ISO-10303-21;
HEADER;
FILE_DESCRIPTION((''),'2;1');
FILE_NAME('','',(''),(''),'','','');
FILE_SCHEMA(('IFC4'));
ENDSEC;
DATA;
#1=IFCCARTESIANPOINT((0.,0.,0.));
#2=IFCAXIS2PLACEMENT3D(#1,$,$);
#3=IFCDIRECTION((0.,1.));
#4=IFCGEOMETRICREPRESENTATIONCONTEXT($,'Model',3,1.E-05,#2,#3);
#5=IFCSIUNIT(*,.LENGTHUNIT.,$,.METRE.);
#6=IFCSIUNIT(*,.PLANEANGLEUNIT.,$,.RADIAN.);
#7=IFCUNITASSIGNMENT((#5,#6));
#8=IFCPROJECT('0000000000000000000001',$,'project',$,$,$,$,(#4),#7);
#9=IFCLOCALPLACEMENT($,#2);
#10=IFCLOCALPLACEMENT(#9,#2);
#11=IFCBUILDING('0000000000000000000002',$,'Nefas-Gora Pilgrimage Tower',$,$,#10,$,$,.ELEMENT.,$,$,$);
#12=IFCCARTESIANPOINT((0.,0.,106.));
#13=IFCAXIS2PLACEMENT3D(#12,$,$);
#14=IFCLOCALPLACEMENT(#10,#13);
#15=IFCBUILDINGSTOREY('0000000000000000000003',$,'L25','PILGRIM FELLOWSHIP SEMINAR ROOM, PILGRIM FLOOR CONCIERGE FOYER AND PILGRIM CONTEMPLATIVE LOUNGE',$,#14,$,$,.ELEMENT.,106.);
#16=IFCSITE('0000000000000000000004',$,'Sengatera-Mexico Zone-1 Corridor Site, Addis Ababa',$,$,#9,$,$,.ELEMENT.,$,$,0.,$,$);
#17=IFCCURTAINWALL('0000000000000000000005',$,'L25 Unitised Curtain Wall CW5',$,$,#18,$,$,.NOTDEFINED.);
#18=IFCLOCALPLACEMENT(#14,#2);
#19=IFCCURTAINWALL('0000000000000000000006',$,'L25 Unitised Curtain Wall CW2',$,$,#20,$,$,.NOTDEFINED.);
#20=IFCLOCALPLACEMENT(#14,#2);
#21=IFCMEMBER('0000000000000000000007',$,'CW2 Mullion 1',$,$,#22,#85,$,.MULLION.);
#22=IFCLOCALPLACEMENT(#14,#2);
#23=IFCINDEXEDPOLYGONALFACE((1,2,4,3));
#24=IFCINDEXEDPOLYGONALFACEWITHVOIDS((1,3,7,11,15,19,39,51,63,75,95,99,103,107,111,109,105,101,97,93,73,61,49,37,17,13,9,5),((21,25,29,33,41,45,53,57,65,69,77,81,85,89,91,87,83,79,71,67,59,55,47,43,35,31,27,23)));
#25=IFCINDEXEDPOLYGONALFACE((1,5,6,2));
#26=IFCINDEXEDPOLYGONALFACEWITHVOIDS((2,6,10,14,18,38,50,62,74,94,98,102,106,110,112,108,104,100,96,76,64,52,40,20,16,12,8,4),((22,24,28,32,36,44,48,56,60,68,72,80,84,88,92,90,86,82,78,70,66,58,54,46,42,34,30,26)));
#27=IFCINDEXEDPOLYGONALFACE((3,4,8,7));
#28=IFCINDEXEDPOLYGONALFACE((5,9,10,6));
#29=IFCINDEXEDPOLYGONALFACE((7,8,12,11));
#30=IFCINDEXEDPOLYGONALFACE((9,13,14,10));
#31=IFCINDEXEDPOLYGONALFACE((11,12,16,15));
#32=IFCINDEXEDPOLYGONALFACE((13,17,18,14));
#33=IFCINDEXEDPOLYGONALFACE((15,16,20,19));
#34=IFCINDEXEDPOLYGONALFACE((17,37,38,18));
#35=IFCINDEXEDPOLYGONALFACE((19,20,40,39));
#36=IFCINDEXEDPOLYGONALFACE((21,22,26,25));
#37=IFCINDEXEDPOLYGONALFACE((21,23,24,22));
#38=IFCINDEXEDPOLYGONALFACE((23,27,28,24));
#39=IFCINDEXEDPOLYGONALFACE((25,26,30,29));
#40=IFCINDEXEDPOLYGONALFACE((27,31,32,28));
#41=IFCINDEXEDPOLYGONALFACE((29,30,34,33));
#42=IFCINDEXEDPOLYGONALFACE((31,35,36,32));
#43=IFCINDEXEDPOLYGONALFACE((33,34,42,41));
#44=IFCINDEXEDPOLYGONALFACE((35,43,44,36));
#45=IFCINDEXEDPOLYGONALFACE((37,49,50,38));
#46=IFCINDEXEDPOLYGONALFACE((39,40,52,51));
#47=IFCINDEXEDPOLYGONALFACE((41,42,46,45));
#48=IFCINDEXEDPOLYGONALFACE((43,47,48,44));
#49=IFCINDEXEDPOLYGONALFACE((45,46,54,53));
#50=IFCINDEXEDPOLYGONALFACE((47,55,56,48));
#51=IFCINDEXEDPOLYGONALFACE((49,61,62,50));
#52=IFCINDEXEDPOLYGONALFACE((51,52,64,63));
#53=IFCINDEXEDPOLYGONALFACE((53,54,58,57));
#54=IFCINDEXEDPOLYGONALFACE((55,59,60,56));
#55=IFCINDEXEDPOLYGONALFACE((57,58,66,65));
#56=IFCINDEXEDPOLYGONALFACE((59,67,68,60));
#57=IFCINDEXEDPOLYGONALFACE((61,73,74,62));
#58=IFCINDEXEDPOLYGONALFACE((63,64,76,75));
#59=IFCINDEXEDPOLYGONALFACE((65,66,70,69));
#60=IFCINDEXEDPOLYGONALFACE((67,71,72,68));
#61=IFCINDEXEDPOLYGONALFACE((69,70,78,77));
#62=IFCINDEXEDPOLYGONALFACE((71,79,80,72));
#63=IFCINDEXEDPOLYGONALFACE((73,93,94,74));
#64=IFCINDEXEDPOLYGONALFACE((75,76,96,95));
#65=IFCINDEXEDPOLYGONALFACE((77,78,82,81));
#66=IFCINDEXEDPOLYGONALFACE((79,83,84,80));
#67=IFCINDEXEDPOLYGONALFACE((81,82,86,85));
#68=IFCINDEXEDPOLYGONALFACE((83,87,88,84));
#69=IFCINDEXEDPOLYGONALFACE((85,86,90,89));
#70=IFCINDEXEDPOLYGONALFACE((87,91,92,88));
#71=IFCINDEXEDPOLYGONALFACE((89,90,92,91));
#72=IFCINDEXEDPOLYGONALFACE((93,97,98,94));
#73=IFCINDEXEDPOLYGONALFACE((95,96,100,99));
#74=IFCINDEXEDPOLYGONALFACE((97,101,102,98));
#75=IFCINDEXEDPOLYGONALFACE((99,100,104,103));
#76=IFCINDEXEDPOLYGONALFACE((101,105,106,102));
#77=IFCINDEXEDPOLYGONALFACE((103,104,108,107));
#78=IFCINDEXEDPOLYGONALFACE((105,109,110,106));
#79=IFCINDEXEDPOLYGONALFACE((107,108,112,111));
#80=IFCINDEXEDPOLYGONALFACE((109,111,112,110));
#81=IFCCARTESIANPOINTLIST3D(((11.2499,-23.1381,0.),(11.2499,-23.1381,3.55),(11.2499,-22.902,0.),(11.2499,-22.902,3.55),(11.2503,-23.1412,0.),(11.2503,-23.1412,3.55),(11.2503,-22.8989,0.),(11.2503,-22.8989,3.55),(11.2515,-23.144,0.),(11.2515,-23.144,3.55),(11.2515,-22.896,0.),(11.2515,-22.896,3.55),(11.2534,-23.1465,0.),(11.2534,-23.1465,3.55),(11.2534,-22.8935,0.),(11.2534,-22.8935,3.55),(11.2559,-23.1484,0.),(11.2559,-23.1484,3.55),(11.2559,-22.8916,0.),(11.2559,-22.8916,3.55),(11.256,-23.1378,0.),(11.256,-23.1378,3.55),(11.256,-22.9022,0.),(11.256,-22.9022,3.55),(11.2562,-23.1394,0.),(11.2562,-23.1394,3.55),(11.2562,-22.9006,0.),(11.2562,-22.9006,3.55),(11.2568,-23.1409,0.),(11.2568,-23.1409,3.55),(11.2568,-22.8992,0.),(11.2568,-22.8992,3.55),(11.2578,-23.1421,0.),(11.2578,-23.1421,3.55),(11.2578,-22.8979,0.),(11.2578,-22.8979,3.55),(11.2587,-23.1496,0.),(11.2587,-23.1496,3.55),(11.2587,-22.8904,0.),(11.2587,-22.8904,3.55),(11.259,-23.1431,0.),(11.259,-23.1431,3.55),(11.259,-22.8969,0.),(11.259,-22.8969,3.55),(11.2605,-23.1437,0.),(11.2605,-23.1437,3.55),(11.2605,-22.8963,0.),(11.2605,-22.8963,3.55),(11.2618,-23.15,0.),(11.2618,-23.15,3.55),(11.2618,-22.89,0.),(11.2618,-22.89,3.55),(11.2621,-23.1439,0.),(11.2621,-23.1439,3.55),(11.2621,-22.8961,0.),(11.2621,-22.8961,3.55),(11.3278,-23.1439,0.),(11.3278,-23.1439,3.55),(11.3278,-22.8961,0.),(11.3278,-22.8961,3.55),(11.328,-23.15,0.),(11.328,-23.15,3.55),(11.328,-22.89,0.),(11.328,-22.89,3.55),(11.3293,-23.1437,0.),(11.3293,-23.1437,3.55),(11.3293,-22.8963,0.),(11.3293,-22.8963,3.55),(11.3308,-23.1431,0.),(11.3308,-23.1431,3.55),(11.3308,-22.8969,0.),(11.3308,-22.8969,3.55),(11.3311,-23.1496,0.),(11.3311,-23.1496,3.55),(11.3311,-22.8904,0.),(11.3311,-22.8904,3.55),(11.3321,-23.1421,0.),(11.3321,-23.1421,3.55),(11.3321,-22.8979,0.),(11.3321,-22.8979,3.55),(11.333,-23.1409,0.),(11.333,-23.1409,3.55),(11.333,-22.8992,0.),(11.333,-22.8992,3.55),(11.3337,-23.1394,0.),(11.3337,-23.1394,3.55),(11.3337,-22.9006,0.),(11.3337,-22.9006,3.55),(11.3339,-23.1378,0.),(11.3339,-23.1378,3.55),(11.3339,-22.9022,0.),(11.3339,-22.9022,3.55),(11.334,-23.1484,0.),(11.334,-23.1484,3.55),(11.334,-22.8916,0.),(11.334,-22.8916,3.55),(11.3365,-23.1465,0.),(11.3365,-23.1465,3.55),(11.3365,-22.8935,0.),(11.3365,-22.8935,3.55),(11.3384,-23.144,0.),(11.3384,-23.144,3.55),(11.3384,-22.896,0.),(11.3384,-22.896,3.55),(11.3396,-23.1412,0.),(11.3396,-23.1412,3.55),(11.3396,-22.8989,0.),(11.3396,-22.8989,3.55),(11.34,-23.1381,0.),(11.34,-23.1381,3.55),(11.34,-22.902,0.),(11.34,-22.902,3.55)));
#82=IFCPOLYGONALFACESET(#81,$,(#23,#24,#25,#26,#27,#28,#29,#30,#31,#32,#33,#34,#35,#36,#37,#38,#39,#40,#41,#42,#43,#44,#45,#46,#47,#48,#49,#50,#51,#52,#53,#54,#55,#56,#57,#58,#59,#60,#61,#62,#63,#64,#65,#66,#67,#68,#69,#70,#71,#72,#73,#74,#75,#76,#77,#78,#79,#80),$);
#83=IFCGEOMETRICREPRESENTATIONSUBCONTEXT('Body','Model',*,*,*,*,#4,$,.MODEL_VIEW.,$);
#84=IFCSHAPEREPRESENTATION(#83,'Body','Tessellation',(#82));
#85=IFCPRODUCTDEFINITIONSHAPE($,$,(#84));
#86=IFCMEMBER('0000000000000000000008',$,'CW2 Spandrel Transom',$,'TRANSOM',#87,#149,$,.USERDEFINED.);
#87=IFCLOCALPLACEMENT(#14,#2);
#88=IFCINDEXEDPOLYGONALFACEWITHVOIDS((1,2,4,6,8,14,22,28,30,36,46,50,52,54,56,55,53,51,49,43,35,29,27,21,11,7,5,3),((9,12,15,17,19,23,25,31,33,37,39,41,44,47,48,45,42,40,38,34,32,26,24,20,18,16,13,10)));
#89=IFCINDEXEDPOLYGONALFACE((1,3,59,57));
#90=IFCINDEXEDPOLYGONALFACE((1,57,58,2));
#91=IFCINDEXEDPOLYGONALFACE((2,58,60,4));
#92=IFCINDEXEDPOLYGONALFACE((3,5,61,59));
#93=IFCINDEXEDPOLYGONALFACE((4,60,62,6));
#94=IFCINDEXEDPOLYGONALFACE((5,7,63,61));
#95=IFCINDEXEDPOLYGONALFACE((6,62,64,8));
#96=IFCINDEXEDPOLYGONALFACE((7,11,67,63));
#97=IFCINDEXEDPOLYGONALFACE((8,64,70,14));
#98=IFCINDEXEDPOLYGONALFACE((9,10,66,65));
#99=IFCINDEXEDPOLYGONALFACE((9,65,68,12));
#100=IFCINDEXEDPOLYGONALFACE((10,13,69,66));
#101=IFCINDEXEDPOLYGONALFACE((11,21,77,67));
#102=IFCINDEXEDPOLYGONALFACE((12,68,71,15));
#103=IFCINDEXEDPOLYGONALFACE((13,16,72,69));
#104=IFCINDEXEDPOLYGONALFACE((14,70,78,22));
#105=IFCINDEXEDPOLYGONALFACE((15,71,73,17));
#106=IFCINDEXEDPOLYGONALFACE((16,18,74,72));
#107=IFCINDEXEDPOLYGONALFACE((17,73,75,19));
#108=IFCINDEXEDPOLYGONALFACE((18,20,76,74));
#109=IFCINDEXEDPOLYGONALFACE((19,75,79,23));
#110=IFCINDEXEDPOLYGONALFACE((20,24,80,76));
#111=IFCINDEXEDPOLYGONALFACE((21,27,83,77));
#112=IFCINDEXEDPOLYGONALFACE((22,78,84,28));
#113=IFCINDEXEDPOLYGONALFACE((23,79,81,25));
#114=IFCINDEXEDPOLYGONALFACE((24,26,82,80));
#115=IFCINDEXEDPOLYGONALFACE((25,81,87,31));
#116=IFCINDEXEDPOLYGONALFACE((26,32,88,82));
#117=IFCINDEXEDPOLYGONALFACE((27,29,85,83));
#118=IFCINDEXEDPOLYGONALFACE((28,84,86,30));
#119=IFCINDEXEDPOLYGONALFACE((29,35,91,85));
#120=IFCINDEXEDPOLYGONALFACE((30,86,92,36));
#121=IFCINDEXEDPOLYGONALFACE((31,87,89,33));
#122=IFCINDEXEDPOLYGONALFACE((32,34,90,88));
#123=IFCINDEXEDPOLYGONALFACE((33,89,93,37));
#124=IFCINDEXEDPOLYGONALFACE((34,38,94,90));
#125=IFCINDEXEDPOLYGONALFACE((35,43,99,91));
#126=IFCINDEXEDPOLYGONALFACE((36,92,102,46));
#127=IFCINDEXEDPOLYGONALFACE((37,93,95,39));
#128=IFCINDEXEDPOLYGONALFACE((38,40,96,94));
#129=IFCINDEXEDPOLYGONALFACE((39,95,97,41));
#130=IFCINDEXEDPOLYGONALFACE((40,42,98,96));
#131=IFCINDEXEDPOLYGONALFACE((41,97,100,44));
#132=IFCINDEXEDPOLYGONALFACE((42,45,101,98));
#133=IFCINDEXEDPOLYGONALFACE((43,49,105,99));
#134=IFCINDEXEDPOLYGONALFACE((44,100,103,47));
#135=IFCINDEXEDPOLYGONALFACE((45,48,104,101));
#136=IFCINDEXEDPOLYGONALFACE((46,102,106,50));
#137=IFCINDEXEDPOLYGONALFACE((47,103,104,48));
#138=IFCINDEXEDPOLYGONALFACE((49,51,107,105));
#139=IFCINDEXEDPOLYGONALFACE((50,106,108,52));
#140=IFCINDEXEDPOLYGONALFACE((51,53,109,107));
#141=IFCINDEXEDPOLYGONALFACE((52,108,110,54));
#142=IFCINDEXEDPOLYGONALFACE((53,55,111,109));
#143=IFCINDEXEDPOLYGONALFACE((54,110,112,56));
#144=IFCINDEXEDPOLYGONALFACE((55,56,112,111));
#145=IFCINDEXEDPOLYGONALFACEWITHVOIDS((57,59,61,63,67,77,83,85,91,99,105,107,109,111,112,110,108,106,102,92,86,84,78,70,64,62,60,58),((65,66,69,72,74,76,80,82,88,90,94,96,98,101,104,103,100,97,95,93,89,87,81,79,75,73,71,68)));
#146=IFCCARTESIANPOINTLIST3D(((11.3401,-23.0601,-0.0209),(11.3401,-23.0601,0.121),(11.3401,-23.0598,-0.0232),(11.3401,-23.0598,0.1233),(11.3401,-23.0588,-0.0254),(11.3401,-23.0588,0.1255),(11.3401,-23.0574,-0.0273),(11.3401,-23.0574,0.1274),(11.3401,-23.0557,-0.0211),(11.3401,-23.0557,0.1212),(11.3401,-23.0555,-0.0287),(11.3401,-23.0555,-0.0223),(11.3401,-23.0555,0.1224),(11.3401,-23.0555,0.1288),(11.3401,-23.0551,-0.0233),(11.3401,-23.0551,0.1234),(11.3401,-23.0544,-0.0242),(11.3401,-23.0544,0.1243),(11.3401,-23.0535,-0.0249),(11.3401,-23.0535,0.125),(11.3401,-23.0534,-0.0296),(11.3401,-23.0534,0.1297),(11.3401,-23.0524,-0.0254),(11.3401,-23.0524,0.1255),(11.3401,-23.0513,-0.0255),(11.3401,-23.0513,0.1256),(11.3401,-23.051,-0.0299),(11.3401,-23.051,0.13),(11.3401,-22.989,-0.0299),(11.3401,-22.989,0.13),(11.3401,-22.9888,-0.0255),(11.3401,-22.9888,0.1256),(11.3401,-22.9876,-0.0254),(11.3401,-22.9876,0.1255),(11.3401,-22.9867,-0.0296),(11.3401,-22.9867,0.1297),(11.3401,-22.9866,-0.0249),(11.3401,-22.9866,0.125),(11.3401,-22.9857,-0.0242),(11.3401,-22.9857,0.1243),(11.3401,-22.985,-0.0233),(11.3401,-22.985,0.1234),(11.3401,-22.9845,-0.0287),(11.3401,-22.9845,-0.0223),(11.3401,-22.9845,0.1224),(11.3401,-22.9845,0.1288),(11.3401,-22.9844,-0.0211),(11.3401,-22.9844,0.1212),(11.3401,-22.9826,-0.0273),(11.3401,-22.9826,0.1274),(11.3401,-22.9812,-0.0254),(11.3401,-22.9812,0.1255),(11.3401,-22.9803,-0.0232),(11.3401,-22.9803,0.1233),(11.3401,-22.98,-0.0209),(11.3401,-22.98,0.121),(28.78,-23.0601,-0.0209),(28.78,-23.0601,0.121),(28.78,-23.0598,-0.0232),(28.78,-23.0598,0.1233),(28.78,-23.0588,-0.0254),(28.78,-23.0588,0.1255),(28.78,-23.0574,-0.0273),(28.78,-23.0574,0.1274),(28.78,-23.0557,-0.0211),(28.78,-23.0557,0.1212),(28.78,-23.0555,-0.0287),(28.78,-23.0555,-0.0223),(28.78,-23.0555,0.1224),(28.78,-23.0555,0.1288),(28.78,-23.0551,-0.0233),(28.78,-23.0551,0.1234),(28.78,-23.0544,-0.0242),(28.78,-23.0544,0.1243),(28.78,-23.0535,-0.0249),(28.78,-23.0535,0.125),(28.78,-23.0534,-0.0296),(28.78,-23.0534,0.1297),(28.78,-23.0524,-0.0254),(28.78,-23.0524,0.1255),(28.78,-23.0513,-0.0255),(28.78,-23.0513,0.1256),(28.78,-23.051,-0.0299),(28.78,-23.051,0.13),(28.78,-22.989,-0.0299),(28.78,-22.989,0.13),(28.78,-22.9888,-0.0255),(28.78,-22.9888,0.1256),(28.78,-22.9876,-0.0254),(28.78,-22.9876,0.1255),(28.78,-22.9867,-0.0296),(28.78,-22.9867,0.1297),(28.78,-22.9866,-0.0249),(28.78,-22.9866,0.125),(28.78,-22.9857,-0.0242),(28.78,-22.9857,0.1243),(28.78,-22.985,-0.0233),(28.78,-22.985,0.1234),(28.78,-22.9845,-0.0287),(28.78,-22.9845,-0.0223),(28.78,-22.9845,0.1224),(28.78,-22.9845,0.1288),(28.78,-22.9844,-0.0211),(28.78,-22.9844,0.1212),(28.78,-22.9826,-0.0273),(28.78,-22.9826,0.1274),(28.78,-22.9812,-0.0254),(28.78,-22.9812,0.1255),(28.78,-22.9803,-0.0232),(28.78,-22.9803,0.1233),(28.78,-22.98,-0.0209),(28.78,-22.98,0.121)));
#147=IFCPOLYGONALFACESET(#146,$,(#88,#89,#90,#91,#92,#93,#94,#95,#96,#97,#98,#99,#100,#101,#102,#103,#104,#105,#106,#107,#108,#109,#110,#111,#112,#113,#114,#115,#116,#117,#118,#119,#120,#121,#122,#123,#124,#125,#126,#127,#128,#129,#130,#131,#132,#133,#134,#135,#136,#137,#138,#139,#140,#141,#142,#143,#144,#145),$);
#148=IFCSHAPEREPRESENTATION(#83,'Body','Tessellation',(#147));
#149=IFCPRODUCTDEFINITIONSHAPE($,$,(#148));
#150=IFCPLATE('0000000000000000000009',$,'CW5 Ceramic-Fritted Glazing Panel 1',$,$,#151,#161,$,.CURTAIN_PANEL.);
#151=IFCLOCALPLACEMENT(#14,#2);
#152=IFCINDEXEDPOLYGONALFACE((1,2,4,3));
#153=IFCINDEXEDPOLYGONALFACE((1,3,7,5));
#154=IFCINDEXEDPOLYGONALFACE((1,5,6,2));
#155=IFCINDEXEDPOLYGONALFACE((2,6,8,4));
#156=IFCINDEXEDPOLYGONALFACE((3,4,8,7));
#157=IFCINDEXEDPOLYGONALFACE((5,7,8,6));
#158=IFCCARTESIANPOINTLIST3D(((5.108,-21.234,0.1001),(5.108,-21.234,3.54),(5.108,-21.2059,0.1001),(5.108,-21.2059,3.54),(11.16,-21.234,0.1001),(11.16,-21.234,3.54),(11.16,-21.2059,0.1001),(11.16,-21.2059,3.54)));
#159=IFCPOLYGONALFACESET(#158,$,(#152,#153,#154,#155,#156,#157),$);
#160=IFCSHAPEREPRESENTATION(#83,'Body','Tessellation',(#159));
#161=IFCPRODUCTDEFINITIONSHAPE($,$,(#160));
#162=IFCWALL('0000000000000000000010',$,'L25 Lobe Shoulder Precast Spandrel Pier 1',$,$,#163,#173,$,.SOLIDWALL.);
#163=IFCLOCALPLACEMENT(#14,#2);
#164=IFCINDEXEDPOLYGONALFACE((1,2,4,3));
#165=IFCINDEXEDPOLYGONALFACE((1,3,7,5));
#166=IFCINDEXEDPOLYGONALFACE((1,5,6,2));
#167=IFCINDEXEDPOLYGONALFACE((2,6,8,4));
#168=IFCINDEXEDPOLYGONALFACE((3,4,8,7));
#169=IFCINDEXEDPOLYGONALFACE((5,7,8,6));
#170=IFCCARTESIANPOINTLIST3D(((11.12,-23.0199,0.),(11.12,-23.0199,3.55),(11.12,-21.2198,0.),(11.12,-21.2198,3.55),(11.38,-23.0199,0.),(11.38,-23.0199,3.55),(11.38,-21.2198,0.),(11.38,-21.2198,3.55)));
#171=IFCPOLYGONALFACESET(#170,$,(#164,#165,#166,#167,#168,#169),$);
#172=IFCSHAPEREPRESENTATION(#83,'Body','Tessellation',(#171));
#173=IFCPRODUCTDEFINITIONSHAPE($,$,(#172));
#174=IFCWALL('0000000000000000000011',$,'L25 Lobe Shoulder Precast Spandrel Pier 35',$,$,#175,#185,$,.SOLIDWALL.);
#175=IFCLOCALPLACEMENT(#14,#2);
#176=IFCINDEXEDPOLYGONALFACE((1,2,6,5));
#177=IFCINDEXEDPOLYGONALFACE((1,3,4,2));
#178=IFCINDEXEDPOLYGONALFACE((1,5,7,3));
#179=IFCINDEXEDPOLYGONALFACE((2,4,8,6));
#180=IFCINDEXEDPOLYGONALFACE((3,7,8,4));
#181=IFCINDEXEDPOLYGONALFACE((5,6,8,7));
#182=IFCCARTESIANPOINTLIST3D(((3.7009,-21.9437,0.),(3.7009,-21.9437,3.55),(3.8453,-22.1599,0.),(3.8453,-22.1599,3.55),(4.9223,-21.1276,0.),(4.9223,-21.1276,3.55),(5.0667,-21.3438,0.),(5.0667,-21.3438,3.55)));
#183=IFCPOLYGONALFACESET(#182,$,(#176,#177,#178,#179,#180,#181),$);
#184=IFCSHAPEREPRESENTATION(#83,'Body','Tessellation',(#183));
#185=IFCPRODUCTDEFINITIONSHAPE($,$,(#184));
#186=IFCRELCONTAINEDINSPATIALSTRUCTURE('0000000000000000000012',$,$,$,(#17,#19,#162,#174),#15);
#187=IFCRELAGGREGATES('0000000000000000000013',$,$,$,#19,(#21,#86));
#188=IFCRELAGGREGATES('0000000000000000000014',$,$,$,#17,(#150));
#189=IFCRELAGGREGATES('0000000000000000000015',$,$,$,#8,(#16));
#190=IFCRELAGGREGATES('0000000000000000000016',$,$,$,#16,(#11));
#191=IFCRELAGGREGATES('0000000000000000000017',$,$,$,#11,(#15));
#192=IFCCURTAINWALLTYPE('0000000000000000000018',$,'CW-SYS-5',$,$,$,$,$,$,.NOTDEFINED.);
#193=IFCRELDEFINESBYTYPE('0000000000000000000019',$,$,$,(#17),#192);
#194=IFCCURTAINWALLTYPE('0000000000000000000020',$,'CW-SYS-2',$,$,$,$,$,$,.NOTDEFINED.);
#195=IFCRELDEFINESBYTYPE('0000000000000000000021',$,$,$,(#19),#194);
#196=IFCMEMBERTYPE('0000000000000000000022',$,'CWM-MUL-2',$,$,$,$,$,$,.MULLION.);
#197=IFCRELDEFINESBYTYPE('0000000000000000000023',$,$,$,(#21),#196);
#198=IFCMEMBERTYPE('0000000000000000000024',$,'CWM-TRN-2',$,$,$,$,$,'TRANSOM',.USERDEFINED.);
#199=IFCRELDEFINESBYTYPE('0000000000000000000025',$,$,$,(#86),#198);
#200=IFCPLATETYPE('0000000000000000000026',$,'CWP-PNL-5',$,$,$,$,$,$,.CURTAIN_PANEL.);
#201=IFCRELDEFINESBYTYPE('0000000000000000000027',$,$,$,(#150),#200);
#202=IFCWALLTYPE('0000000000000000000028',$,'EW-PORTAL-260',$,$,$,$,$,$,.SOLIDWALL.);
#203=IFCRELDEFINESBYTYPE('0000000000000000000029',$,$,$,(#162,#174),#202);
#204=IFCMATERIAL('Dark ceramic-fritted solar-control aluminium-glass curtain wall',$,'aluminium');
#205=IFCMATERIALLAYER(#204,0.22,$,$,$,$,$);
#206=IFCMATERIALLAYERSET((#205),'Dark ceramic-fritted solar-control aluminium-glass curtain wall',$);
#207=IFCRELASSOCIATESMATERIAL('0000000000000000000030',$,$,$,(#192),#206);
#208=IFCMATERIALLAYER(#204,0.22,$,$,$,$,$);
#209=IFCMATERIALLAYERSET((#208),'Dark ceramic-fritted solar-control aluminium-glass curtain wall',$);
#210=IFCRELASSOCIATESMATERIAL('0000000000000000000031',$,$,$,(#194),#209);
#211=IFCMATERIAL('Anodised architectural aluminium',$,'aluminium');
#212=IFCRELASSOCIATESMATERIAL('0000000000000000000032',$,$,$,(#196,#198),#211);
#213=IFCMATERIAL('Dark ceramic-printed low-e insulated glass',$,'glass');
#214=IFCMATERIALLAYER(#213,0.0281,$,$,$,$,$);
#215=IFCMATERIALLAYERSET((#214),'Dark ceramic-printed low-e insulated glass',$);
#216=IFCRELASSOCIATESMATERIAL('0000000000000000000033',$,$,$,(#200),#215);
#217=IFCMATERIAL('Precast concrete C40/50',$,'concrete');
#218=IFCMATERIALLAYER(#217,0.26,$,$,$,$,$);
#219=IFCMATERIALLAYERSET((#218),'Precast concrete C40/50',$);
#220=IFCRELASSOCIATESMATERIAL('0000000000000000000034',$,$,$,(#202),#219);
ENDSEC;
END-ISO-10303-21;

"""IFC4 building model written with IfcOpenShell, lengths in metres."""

from ifc_helpers import new_model, si_unit, direction, frame, frame_2d, origin, origin_2d, place, context, subcontext, project, spatial, rectangle, hollow_rectangle, extrude, source, transform, mapped, material, layer, layer_set, material_profile, profile_set, type_object, element, aggregate, save


model = new_model("IFC4")

# Units and contexts
model_context = context("Model", 3, precision=1e-05, world=origin(), true_north=direction((0.0, 1.0)))
body_context = subcontext(model_context, "Body", "Model", "MODEL_VIEW")
ifc_project = project(units=[si_unit("LENGTHUNIT", "METRE"), si_unit("PLANEANGLEUNIT", "RADIAN")], contexts=[model_context])

# Site, building, storey
site_placement = place(None, origin())
site = spatial("IfcSite", under=ifc_project, at=site_placement, Name="Sengatera-Mexico Zone-1 Corridor Site, Addis Ababa", CompositionType="ELEMENT", RefElevation=0.0)
building_placement = place(site_placement, origin())
building = spatial("IfcBuilding", under=site, at=building_placement, Name="Nefas-Gora Pilgrimage Tower", CompositionType="ELEMENT")
storey_placement = place(building_placement, frame((0.0, 0.0, 106.0)))
storey = spatial("IfcBuildingStorey", under=building, at=storey_placement, Name="L25", Description="PILGRIM FELLOWSHIP SEMINAR ROOM, PILGRIM FLOOR CONCIERGE FOYER AND PILGRIM CONTEMPLATIVE LOUNGE", CompositionType="ELEMENT", Elevation=106.0)

# Curtain wall
ifc_material_1 = material(Name="Dark ceramic-fritted solar-control aluminium-glass curtain wall", Category="aluminium")
ifc_layer_1 = layer(ifc_material_1, 0.22)
ifc_layer_set_1 = layer_set([ifc_layer_1], Name="Dark ceramic-fritted solar-control aluminium-glass curtain wall")
curtain_wall_type_1 = type_object("IfcCurtainWallType", Name="CW-SYS-5", PredefinedType="NOTDEFINED", material=ifc_layer_set_1)
curtain_wall_1_placement = place(storey_placement, origin())
curtain_wall_1 = element("IfcCurtainWall", 1, at=curtain_wall_1_placement, inside=storey, type_object=curtain_wall_type_1, Name="L25 Unitised Curtain Wall CW5", PredefinedType="NOTDEFINED")
ifc_material_2 = material(Name="Anodised architectural aluminium", Category="aluminium")

# Curtain wall, members
ifc_layer_2 = layer(ifc_material_1, 0.22)
ifc_layer_set_2 = layer_set([ifc_layer_2], Name="Dark ceramic-fritted solar-control aluminium-glass curtain wall")
curtain_wall_type_2 = type_object("IfcCurtainWallType", Name="CW-SYS-2", PredefinedType="NOTDEFINED", material=ifc_layer_set_2)
curtain_wall_2_placement = place(storey_placement, origin())
curtain_wall_2 = element("IfcCurtainWall", 2, at=curtain_wall_2_placement, inside=storey, type_object=curtain_wall_type_2, Name="L25 Unitised Curtain Wall CW2", PredefinedType="NOTDEFINED")
ifc_material_profile_1 = material_profile(ifc_material_2, hollow_rectangle(XDim=0.0901, YDim=0.26, WallThickness=0.0061, InnerFilletRadius=0.0061, OuterFilletRadius=0.012, at=origin_2d()), Name="ALU MULLION 90x260")
ifc_profile_set_1 = profile_set([ifc_material_profile_1], Name="Anodised architectural aluminium")
member_type_1 = type_object("IfcMemberType", Name="CWM-MUL-2", PredefinedType="MULLION", material=ifc_profile_set_1)
shared_shape_1 = source(origin(), body_context, "Body", "SweptSolid", [
    extrude(hollow_rectangle(XDim=0.0901, YDim=0.26, WallThickness=0.0061, InnerFilletRadius=0.0061, OuterFilletRadius=0.012, at=origin_2d()), origin(), (0.0, 0.0, 1.0), 3.55),
])
member_1_placement = place(storey_placement, frame((11.2949, -23.02, 0.0), z_axis=(0.0, 0.0, 1.0), x_axis=(1.0, 0.0, 0.0)))
member_1 = element("IfcMember", 3, at=member_1_placement, type_object=member_type_1, Name="CW2 Mullion 1", PredefinedType="MULLION", context=body_context, shape_type="MappedRepresentation", body=[
    mapped(shared_shape_1, transform((0.0, 0.0, 0.0), x_axis=(1.0, 0.0, 0.0), y_axis=(0.0, 1.0, 0.0), z_axis=(0.0, 0.0, 1.0), scale=1.0)),
])
ifc_material_profile_2 = material_profile(ifc_material_2, hollow_rectangle(XDim=0.0801, YDim=0.1599, WallThickness=0.0044, InnerFilletRadius=0.0044, OuterFilletRadius=0.009, at=origin_2d()), Name="ALU TRANSOM 80x160")
ifc_profile_set_2 = profile_set([ifc_material_profile_2], Name="Anodised architectural aluminium")
member_type_2 = type_object("IfcMemberType", Name="CWM-TRN-2", ElementType="TRANSOM", PredefinedType="USERDEFINED", material=ifc_profile_set_2)
shared_shape_2 = source(origin(), body_context, "Body", "SweptSolid", [
    extrude(hollow_rectangle(XDim=0.0801, YDim=0.1599, WallThickness=0.0044, InnerFilletRadius=0.0044, OuterFilletRadius=0.009, at=origin_2d()), origin(), (0.0, 0.0, 1.0), 17.4399),
])
member_2_placement = place(storey_placement, frame((11.3401, -23.02, 0.05), z_axis=(1.0, 0.0, 0.0), x_axis=(0.0, 1.0, 0.0)))
member_2 = element("IfcMember", 4, at=member_2_placement, type_object=member_type_2, Name="CW2 Spandrel Transom", ObjectType="TRANSOM", PredefinedType="USERDEFINED", context=body_context, shape_type="MappedRepresentation", body=[
    mapped(shared_shape_2, transform((0.0, 0.0, 0.0), x_axis=(1.0, 0.0, 0.0), y_axis=(0.0, 1.0, 0.0), z_axis=(0.0, 0.0, 1.0), scale=1.0)),
])
aggregate(curtain_wall_2, [member_1, member_2])

# Plate
ifc_material_3 = material(Name="Dark ceramic-printed low-e insulated glass", Category="glass")
ifc_layer_3 = layer(ifc_material_3, 0.0281)
ifc_layer_set_3 = layer_set([ifc_layer_3], Name="Dark ceramic-printed low-e insulated glass")
plate_type = type_object("IfcPlateType", Name="CWP-PNL-5", PredefinedType="CURTAIN_PANEL", material=ifc_layer_set_3)
shared_shape_3 = source(origin(), body_context, "Body", "SweptSolid", [
    extrude(rectangle(XDim=6.052, YDim=0.0281, at=origin_2d()), origin(), (0.0, 0.0, 1.0), 3.4399),
])
plate_placement = place(storey_placement, frame((8.134, -21.22, 0.1001), z_axis=(0.0, 0.0, 1.0), x_axis=(1.0, 0.0, 0.0)))
plate = element("IfcPlate", 5, at=plate_placement, type_object=plate_type, Name="CW5 Ceramic-Fritted Glazing Panel 1", PredefinedType="CURTAIN_PANEL", context=body_context, shape_type="MappedRepresentation", body=[
    mapped(shared_shape_3, transform((0.0, 0.0, 0.0), x_axis=(1.0, 0.0, 0.0), y_axis=(0.0, 1.0, 0.0), z_axis=(0.0, 0.0, 1.0), scale=1.0)),
])
aggregate(curtain_wall_1, [plate])

# Walls
ifc_material_4 = material(Name="Precast concrete C40/50", Category="concrete")
ifc_layer_4 = layer(ifc_material_4, 0.26)
ifc_layer_set_4 = layer_set([ifc_layer_4], Name="Precast concrete C40/50")
wall_type_1 = type_object("IfcWallType", Name="EW-PORTAL-260", PredefinedType="SOLIDWALL", material=ifc_layer_set_4)
shared_shape_4 = source(origin(), body_context, "Body", "SweptSolid", [
    extrude(rectangle(XDim=1.8, YDim=0.26, at=frame_2d((0.8999, 0.0))), origin(), (0.0, 0.0, 1.0), 3.55),
])
wall_1_placement = place(storey_placement, frame((11.25, -21.22, 0.0), z_axis=(0.0, 0.0, 1.0), x_axis=(0.0, -1.0, 0.0)))
element("IfcWall", 6, at=wall_1_placement, inside=storey, type_object=wall_type_1, Name="L25 Lobe Shoulder Precast Spandrel Pier 1", PredefinedType="SOLIDWALL", context=body_context, shape_type="MappedRepresentation", body=[
    mapped(shared_shape_4, transform((0.0, 0.0, 0.0), x_axis=(1.0, 0.0, 0.0), y_axis=(0.0, 1.0, 0.0), z_axis=(0.0, 0.0, 1.0), scale=1.0)),
])
shared_shape_5 = source(origin(), body_context, "Body", "SweptSolid", [
    extrude(rectangle(XDim=1.469, YDim=0.26, at=frame_2d((0.7344, 0.0))), origin(), (0.0, 0.0, 1.0), 3.55),
])
wall_2_placement = place(storey_placement, frame((3.7732, -22.0518, 0.0), z_axis=(0.0, 0.0, 1.0), x_axis=(0.831462, 0.555582, 0.0)))
element("IfcWall", 7, at=wall_2_placement, inside=storey, type_object=wall_type_1, Name="L25 Lobe Shoulder Precast Spandrel Pier 35", PredefinedType="SOLIDWALL", context=body_context, shape_type="MappedRepresentation", body=[
    mapped(shared_shape_5, transform((0.0, 0.0, 0.0), x_axis=(1.0, 0.0, 0.0), y_axis=(0.0, 1.0, 0.0), z_axis=(0.0, 0.0, 1.0), scale=1.0)),
])

save(model, "model.ifc")
